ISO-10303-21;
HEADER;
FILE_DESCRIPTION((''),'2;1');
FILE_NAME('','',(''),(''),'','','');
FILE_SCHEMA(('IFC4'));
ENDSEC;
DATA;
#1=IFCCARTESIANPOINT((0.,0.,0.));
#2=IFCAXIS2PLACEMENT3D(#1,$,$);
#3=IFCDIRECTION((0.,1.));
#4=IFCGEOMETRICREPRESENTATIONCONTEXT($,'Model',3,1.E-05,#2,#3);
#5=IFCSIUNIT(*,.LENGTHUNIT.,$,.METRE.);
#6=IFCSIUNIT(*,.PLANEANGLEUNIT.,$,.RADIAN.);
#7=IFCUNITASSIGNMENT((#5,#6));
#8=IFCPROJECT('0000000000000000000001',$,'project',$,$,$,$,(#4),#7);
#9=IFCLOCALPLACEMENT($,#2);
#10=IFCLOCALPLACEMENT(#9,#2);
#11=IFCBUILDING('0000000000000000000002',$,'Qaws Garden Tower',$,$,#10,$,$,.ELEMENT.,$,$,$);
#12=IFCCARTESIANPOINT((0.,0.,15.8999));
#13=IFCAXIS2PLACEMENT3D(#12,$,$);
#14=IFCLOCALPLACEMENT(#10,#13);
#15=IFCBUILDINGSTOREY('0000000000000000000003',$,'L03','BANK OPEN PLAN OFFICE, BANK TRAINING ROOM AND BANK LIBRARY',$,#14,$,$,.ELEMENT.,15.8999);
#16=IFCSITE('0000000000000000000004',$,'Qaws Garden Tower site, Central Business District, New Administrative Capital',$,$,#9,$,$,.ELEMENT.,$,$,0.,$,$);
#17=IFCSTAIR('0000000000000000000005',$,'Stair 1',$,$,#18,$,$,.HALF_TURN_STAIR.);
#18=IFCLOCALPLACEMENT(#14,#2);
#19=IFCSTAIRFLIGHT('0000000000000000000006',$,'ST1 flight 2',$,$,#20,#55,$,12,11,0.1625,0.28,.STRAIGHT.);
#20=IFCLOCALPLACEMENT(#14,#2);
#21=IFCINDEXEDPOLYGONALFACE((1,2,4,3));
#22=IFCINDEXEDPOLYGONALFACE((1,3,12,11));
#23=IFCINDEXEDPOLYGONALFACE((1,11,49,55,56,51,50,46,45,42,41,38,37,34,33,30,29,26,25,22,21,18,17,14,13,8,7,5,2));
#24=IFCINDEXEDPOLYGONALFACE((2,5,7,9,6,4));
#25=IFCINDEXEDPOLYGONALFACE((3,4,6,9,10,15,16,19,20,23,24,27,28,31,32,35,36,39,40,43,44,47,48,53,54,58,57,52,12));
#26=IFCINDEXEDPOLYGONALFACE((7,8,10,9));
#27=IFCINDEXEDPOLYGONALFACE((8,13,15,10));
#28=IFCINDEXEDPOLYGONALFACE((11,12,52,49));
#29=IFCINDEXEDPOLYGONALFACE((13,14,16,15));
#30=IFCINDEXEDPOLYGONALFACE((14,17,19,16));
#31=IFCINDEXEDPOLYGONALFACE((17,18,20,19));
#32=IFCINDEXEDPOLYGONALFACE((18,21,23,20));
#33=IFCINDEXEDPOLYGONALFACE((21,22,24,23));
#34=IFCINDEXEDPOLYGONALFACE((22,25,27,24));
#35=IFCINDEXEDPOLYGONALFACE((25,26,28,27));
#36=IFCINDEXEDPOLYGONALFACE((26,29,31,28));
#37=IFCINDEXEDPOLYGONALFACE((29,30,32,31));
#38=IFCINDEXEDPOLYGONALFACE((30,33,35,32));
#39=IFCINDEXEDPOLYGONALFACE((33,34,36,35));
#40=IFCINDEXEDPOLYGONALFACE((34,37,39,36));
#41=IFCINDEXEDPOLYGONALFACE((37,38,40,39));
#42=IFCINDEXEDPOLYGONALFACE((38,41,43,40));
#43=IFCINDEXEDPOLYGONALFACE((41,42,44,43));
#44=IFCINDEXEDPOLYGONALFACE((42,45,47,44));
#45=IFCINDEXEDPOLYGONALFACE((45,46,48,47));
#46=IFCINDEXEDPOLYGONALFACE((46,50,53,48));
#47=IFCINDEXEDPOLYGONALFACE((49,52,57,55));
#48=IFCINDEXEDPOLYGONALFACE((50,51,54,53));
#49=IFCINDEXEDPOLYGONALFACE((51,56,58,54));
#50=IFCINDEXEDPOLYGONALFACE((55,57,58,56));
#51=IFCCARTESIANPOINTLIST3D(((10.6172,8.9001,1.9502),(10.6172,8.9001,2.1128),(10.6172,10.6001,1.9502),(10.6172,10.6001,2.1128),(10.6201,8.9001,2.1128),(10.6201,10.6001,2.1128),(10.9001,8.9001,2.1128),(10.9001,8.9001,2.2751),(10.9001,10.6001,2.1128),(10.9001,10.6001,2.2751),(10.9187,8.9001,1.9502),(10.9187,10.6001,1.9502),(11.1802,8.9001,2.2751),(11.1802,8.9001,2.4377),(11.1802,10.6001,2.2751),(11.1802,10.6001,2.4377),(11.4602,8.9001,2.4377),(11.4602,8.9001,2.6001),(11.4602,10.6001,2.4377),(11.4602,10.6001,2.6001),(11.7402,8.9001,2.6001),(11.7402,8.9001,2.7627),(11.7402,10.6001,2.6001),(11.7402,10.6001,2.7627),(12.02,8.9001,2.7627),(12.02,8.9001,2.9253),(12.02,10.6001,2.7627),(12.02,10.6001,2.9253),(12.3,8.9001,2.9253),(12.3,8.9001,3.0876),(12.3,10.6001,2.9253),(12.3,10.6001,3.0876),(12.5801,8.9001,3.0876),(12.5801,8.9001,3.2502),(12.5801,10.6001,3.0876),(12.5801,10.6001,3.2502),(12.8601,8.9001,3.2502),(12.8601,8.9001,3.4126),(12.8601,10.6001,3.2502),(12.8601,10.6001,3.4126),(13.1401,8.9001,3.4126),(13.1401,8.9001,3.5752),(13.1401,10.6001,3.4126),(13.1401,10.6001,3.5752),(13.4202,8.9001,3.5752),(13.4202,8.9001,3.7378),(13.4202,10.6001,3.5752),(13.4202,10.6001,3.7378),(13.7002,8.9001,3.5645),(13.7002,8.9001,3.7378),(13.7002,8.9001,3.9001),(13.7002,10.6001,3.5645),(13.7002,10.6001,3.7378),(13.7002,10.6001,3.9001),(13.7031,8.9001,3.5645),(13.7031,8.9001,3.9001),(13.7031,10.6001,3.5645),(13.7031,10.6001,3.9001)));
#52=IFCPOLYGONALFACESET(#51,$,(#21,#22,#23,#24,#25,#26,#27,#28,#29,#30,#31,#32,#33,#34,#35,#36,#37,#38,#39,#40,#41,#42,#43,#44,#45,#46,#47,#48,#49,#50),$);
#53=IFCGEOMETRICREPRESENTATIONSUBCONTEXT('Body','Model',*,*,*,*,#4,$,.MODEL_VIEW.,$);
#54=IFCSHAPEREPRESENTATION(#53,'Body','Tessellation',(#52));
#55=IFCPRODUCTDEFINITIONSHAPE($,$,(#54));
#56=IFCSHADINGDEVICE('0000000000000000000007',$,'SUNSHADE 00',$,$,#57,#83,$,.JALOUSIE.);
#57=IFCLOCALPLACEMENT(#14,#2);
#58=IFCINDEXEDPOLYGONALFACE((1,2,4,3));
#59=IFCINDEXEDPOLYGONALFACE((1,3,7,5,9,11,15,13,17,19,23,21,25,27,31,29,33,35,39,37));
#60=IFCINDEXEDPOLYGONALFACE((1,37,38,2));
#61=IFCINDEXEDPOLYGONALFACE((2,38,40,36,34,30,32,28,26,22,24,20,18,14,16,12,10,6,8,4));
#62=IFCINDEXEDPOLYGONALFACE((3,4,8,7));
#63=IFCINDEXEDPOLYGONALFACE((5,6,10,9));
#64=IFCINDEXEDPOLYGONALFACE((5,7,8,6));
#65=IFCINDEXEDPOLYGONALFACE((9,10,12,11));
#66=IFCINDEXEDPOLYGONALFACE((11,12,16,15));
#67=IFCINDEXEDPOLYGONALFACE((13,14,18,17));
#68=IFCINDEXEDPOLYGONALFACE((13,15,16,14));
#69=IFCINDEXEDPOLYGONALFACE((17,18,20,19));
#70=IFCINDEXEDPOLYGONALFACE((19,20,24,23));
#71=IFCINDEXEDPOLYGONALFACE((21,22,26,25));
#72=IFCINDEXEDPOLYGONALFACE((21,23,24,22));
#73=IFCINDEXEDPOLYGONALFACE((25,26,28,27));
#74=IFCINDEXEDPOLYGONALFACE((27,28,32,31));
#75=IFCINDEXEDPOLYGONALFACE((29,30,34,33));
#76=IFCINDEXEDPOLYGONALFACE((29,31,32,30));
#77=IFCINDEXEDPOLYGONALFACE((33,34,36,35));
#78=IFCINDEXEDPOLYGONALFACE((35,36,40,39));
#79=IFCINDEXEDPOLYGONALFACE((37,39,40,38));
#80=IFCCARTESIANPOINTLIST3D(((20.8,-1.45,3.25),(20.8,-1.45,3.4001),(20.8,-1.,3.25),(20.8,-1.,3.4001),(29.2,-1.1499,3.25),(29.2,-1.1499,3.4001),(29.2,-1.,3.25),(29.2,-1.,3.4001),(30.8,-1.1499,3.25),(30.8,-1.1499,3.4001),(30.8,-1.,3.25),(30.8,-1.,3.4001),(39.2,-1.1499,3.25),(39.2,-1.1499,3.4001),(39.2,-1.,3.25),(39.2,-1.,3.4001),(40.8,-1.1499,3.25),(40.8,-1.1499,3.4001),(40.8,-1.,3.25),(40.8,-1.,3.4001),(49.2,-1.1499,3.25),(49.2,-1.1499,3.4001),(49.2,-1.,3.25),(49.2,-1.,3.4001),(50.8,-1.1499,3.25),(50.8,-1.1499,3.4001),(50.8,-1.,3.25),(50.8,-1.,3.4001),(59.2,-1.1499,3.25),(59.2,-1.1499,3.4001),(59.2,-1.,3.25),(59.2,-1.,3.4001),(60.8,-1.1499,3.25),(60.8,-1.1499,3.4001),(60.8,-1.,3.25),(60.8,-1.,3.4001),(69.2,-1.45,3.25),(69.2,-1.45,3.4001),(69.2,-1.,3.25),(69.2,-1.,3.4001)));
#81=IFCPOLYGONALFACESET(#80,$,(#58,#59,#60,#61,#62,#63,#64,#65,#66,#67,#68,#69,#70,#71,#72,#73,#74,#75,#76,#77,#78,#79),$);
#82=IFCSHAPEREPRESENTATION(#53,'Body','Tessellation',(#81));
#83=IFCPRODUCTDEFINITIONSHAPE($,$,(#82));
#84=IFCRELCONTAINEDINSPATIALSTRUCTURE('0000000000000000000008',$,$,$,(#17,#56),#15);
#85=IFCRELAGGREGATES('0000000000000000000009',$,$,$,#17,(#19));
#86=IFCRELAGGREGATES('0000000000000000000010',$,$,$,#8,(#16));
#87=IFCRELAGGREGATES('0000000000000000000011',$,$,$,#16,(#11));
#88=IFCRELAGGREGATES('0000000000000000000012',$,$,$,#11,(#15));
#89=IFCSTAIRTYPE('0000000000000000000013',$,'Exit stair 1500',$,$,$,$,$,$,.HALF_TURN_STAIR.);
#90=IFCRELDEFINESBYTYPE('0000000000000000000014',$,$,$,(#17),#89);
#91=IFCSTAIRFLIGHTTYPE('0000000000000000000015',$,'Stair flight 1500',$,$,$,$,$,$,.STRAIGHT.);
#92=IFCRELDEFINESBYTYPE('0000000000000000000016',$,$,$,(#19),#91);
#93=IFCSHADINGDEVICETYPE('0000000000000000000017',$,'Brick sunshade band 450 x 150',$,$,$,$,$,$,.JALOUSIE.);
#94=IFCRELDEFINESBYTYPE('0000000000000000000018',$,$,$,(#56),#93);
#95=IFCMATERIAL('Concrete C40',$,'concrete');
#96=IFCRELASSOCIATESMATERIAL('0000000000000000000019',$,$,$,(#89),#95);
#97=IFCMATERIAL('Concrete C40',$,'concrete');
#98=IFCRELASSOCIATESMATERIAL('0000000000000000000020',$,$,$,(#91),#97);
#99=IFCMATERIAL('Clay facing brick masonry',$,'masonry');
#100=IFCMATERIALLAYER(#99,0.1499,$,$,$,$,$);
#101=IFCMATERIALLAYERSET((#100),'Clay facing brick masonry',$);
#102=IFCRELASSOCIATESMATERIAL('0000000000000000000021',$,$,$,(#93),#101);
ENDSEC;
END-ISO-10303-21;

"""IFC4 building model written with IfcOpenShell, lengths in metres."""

from ifc_helpers import new_model, si_unit, direction, frame, origin, place, context, subcontext, project, spatial, polyline, outline, extrude, material, layer, layer_set, type_object, element, aggregate, save


model = new_model("IFC4")

# Units and contexts
model_context = context("Model", 3, precision=1e-05, world=origin(), true_north=direction((0.0, 1.0)))
body_context = subcontext(model_context, "Body", "Model", "MODEL_VIEW")
ifc_project = project(units=[si_unit("LENGTHUNIT", "METRE"), si_unit("PLANEANGLEUNIT", "RADIAN")], contexts=[model_context])

# Site, building, storey
site_placement = place(None, origin())
site = spatial("IfcSite", under=ifc_project, at=site_placement, Name="Qaws Garden Tower site, Central Business District, New Administrative Capital", CompositionType="ELEMENT", RefElevation=0.0)
building_placement = place(site_placement, origin())
building = spatial("IfcBuilding", under=site, at=building_placement, Name="Qaws Garden Tower", CompositionType="ELEMENT")
storey_placement = place(building_placement, frame((0.0, 0.0, 15.8999)))
storey = spatial("IfcBuildingStorey", under=building, at=storey_placement, Name="L03", Description="BANK OPEN PLAN OFFICE, BANK TRAINING ROOM AND BANK LIBRARY", CompositionType="ELEMENT", Elevation=15.8999)

# Stair
ifc_material_1 = material(Name="Concrete C40", Category="concrete")
stair_type_1 = type_object("IfcStairType", Name="Exit stair 1500", PredefinedType="HALF_TURN_STAIR", material=ifc_material_1)
placement_1 = place(storey_placement, origin())
stair_1 = element("IfcStair", 1, at=placement_1, inside=storey, type_object=stair_type_1, Name="Stair 1", PredefinedType="HALF_TURN_STAIR")

# Stair flight
ifc_material_2 = material(Name="Concrete C40", Category="concrete")
stair_flight_type = type_object("IfcStairFlightType", Name="Stair flight 1500", PredefinedType="STRAIGHT", material=ifc_material_2)
stair_flight_placement = place(storey_placement, frame((10.6201, 9.75, 1.9502), z_axis=(0.0, 0.0, 1.0), x_axis=(1.0, 0.0, 0.0)))
stair_flight = element("IfcStairFlight", 2, at=stair_flight_placement, type_object=stair_flight_type, Name="ST1 flight 2", NumberOfRisers=12, NumberOfTreads=11, PredefinedType="STRAIGHT", RiserHeight=0.1625, TreadLength=0.28, context=body_context, shape_type="SweptSolid", body=[
    extrude(outline(polyline([(-0.0029, 0.0), (-0.0029, 0.1626), (0.0, 0.1626), (0.28, 0.1626), (0.28, 0.325), (0.5601, 0.325), (0.5601, 0.4875), (0.8401, 0.4875), (0.8401, 0.6499), (1.1201, 0.6499), (1.1201, 0.8125), (1.3999, 0.8125), (1.3999, 0.9751), (1.6799, 0.9751), (1.6799, 1.1375), (1.96, 1.1375), (1.96, 1.3), (2.24, 1.3), (2.24, 1.4624), (2.52, 1.4624), (2.52, 1.625), (2.8, 1.625), (2.8, 1.7876), (3.0801, 1.7876), (3.0801, 1.95), (3.083, 1.95), (3.083, 1.6143), (3.0801, 1.6143), (0.2986, 0.0), (-0.0029, 0.0)])), frame((0.0, 0.8501, 0.0), z_axis=(0.0, -1.0, 0.0), x_axis=(1.0, 0.0, 0.0)), (0.0, 0.0, 1.0), 1.7),
])
aggregate(stair_1, [stair_flight])

# Shading device
ifc_material_3 = material(Name="Clay facing brick masonry", Category="masonry")
ifc_layer_1 = layer(ifc_material_3, 0.1499)
ifc_layer_set_1 = layer_set([ifc_layer_1], Name="Clay facing brick masonry")
shading_device_type = type_object("IfcShadingDeviceType", Name="Brick sunshade band 450 x 150", PredefinedType="JALOUSIE", material=ifc_layer_set_1)
shading_device_placement = place(storey_placement, frame((0.0, 0.0, 3.25)))
element("IfcShadingDevice", 3, at=shading_device_placement, inside=storey, type_object=shading_device_type, Name="SUNSHADE 00", PredefinedType="JALOUSIE", context=body_context, shape_type="SweptSolid", body=[
    extrude(outline(polyline([(20.8, -1.0), (20.8, -1.45), (69.2, -1.45), (69.2, -1.0), (60.8, -1.0), (60.8, -1.1499), (59.2, -1.1499), (59.2, -1.0), (50.8, -1.0), (50.8, -1.1499), (49.2, -1.1499), (49.2, -1.0), (40.8, -1.0), (40.8, -1.1499), (39.2, -1.1499), (39.2, -1.0), (30.8, -1.0), (30.8, -1.1499), (29.2, -1.1499), (29.2, -1.0), (20.8, -1.0)])), origin(), (0.0, 0.0, 1.0), 0.1501),
])

save(model, "model.ifc")
